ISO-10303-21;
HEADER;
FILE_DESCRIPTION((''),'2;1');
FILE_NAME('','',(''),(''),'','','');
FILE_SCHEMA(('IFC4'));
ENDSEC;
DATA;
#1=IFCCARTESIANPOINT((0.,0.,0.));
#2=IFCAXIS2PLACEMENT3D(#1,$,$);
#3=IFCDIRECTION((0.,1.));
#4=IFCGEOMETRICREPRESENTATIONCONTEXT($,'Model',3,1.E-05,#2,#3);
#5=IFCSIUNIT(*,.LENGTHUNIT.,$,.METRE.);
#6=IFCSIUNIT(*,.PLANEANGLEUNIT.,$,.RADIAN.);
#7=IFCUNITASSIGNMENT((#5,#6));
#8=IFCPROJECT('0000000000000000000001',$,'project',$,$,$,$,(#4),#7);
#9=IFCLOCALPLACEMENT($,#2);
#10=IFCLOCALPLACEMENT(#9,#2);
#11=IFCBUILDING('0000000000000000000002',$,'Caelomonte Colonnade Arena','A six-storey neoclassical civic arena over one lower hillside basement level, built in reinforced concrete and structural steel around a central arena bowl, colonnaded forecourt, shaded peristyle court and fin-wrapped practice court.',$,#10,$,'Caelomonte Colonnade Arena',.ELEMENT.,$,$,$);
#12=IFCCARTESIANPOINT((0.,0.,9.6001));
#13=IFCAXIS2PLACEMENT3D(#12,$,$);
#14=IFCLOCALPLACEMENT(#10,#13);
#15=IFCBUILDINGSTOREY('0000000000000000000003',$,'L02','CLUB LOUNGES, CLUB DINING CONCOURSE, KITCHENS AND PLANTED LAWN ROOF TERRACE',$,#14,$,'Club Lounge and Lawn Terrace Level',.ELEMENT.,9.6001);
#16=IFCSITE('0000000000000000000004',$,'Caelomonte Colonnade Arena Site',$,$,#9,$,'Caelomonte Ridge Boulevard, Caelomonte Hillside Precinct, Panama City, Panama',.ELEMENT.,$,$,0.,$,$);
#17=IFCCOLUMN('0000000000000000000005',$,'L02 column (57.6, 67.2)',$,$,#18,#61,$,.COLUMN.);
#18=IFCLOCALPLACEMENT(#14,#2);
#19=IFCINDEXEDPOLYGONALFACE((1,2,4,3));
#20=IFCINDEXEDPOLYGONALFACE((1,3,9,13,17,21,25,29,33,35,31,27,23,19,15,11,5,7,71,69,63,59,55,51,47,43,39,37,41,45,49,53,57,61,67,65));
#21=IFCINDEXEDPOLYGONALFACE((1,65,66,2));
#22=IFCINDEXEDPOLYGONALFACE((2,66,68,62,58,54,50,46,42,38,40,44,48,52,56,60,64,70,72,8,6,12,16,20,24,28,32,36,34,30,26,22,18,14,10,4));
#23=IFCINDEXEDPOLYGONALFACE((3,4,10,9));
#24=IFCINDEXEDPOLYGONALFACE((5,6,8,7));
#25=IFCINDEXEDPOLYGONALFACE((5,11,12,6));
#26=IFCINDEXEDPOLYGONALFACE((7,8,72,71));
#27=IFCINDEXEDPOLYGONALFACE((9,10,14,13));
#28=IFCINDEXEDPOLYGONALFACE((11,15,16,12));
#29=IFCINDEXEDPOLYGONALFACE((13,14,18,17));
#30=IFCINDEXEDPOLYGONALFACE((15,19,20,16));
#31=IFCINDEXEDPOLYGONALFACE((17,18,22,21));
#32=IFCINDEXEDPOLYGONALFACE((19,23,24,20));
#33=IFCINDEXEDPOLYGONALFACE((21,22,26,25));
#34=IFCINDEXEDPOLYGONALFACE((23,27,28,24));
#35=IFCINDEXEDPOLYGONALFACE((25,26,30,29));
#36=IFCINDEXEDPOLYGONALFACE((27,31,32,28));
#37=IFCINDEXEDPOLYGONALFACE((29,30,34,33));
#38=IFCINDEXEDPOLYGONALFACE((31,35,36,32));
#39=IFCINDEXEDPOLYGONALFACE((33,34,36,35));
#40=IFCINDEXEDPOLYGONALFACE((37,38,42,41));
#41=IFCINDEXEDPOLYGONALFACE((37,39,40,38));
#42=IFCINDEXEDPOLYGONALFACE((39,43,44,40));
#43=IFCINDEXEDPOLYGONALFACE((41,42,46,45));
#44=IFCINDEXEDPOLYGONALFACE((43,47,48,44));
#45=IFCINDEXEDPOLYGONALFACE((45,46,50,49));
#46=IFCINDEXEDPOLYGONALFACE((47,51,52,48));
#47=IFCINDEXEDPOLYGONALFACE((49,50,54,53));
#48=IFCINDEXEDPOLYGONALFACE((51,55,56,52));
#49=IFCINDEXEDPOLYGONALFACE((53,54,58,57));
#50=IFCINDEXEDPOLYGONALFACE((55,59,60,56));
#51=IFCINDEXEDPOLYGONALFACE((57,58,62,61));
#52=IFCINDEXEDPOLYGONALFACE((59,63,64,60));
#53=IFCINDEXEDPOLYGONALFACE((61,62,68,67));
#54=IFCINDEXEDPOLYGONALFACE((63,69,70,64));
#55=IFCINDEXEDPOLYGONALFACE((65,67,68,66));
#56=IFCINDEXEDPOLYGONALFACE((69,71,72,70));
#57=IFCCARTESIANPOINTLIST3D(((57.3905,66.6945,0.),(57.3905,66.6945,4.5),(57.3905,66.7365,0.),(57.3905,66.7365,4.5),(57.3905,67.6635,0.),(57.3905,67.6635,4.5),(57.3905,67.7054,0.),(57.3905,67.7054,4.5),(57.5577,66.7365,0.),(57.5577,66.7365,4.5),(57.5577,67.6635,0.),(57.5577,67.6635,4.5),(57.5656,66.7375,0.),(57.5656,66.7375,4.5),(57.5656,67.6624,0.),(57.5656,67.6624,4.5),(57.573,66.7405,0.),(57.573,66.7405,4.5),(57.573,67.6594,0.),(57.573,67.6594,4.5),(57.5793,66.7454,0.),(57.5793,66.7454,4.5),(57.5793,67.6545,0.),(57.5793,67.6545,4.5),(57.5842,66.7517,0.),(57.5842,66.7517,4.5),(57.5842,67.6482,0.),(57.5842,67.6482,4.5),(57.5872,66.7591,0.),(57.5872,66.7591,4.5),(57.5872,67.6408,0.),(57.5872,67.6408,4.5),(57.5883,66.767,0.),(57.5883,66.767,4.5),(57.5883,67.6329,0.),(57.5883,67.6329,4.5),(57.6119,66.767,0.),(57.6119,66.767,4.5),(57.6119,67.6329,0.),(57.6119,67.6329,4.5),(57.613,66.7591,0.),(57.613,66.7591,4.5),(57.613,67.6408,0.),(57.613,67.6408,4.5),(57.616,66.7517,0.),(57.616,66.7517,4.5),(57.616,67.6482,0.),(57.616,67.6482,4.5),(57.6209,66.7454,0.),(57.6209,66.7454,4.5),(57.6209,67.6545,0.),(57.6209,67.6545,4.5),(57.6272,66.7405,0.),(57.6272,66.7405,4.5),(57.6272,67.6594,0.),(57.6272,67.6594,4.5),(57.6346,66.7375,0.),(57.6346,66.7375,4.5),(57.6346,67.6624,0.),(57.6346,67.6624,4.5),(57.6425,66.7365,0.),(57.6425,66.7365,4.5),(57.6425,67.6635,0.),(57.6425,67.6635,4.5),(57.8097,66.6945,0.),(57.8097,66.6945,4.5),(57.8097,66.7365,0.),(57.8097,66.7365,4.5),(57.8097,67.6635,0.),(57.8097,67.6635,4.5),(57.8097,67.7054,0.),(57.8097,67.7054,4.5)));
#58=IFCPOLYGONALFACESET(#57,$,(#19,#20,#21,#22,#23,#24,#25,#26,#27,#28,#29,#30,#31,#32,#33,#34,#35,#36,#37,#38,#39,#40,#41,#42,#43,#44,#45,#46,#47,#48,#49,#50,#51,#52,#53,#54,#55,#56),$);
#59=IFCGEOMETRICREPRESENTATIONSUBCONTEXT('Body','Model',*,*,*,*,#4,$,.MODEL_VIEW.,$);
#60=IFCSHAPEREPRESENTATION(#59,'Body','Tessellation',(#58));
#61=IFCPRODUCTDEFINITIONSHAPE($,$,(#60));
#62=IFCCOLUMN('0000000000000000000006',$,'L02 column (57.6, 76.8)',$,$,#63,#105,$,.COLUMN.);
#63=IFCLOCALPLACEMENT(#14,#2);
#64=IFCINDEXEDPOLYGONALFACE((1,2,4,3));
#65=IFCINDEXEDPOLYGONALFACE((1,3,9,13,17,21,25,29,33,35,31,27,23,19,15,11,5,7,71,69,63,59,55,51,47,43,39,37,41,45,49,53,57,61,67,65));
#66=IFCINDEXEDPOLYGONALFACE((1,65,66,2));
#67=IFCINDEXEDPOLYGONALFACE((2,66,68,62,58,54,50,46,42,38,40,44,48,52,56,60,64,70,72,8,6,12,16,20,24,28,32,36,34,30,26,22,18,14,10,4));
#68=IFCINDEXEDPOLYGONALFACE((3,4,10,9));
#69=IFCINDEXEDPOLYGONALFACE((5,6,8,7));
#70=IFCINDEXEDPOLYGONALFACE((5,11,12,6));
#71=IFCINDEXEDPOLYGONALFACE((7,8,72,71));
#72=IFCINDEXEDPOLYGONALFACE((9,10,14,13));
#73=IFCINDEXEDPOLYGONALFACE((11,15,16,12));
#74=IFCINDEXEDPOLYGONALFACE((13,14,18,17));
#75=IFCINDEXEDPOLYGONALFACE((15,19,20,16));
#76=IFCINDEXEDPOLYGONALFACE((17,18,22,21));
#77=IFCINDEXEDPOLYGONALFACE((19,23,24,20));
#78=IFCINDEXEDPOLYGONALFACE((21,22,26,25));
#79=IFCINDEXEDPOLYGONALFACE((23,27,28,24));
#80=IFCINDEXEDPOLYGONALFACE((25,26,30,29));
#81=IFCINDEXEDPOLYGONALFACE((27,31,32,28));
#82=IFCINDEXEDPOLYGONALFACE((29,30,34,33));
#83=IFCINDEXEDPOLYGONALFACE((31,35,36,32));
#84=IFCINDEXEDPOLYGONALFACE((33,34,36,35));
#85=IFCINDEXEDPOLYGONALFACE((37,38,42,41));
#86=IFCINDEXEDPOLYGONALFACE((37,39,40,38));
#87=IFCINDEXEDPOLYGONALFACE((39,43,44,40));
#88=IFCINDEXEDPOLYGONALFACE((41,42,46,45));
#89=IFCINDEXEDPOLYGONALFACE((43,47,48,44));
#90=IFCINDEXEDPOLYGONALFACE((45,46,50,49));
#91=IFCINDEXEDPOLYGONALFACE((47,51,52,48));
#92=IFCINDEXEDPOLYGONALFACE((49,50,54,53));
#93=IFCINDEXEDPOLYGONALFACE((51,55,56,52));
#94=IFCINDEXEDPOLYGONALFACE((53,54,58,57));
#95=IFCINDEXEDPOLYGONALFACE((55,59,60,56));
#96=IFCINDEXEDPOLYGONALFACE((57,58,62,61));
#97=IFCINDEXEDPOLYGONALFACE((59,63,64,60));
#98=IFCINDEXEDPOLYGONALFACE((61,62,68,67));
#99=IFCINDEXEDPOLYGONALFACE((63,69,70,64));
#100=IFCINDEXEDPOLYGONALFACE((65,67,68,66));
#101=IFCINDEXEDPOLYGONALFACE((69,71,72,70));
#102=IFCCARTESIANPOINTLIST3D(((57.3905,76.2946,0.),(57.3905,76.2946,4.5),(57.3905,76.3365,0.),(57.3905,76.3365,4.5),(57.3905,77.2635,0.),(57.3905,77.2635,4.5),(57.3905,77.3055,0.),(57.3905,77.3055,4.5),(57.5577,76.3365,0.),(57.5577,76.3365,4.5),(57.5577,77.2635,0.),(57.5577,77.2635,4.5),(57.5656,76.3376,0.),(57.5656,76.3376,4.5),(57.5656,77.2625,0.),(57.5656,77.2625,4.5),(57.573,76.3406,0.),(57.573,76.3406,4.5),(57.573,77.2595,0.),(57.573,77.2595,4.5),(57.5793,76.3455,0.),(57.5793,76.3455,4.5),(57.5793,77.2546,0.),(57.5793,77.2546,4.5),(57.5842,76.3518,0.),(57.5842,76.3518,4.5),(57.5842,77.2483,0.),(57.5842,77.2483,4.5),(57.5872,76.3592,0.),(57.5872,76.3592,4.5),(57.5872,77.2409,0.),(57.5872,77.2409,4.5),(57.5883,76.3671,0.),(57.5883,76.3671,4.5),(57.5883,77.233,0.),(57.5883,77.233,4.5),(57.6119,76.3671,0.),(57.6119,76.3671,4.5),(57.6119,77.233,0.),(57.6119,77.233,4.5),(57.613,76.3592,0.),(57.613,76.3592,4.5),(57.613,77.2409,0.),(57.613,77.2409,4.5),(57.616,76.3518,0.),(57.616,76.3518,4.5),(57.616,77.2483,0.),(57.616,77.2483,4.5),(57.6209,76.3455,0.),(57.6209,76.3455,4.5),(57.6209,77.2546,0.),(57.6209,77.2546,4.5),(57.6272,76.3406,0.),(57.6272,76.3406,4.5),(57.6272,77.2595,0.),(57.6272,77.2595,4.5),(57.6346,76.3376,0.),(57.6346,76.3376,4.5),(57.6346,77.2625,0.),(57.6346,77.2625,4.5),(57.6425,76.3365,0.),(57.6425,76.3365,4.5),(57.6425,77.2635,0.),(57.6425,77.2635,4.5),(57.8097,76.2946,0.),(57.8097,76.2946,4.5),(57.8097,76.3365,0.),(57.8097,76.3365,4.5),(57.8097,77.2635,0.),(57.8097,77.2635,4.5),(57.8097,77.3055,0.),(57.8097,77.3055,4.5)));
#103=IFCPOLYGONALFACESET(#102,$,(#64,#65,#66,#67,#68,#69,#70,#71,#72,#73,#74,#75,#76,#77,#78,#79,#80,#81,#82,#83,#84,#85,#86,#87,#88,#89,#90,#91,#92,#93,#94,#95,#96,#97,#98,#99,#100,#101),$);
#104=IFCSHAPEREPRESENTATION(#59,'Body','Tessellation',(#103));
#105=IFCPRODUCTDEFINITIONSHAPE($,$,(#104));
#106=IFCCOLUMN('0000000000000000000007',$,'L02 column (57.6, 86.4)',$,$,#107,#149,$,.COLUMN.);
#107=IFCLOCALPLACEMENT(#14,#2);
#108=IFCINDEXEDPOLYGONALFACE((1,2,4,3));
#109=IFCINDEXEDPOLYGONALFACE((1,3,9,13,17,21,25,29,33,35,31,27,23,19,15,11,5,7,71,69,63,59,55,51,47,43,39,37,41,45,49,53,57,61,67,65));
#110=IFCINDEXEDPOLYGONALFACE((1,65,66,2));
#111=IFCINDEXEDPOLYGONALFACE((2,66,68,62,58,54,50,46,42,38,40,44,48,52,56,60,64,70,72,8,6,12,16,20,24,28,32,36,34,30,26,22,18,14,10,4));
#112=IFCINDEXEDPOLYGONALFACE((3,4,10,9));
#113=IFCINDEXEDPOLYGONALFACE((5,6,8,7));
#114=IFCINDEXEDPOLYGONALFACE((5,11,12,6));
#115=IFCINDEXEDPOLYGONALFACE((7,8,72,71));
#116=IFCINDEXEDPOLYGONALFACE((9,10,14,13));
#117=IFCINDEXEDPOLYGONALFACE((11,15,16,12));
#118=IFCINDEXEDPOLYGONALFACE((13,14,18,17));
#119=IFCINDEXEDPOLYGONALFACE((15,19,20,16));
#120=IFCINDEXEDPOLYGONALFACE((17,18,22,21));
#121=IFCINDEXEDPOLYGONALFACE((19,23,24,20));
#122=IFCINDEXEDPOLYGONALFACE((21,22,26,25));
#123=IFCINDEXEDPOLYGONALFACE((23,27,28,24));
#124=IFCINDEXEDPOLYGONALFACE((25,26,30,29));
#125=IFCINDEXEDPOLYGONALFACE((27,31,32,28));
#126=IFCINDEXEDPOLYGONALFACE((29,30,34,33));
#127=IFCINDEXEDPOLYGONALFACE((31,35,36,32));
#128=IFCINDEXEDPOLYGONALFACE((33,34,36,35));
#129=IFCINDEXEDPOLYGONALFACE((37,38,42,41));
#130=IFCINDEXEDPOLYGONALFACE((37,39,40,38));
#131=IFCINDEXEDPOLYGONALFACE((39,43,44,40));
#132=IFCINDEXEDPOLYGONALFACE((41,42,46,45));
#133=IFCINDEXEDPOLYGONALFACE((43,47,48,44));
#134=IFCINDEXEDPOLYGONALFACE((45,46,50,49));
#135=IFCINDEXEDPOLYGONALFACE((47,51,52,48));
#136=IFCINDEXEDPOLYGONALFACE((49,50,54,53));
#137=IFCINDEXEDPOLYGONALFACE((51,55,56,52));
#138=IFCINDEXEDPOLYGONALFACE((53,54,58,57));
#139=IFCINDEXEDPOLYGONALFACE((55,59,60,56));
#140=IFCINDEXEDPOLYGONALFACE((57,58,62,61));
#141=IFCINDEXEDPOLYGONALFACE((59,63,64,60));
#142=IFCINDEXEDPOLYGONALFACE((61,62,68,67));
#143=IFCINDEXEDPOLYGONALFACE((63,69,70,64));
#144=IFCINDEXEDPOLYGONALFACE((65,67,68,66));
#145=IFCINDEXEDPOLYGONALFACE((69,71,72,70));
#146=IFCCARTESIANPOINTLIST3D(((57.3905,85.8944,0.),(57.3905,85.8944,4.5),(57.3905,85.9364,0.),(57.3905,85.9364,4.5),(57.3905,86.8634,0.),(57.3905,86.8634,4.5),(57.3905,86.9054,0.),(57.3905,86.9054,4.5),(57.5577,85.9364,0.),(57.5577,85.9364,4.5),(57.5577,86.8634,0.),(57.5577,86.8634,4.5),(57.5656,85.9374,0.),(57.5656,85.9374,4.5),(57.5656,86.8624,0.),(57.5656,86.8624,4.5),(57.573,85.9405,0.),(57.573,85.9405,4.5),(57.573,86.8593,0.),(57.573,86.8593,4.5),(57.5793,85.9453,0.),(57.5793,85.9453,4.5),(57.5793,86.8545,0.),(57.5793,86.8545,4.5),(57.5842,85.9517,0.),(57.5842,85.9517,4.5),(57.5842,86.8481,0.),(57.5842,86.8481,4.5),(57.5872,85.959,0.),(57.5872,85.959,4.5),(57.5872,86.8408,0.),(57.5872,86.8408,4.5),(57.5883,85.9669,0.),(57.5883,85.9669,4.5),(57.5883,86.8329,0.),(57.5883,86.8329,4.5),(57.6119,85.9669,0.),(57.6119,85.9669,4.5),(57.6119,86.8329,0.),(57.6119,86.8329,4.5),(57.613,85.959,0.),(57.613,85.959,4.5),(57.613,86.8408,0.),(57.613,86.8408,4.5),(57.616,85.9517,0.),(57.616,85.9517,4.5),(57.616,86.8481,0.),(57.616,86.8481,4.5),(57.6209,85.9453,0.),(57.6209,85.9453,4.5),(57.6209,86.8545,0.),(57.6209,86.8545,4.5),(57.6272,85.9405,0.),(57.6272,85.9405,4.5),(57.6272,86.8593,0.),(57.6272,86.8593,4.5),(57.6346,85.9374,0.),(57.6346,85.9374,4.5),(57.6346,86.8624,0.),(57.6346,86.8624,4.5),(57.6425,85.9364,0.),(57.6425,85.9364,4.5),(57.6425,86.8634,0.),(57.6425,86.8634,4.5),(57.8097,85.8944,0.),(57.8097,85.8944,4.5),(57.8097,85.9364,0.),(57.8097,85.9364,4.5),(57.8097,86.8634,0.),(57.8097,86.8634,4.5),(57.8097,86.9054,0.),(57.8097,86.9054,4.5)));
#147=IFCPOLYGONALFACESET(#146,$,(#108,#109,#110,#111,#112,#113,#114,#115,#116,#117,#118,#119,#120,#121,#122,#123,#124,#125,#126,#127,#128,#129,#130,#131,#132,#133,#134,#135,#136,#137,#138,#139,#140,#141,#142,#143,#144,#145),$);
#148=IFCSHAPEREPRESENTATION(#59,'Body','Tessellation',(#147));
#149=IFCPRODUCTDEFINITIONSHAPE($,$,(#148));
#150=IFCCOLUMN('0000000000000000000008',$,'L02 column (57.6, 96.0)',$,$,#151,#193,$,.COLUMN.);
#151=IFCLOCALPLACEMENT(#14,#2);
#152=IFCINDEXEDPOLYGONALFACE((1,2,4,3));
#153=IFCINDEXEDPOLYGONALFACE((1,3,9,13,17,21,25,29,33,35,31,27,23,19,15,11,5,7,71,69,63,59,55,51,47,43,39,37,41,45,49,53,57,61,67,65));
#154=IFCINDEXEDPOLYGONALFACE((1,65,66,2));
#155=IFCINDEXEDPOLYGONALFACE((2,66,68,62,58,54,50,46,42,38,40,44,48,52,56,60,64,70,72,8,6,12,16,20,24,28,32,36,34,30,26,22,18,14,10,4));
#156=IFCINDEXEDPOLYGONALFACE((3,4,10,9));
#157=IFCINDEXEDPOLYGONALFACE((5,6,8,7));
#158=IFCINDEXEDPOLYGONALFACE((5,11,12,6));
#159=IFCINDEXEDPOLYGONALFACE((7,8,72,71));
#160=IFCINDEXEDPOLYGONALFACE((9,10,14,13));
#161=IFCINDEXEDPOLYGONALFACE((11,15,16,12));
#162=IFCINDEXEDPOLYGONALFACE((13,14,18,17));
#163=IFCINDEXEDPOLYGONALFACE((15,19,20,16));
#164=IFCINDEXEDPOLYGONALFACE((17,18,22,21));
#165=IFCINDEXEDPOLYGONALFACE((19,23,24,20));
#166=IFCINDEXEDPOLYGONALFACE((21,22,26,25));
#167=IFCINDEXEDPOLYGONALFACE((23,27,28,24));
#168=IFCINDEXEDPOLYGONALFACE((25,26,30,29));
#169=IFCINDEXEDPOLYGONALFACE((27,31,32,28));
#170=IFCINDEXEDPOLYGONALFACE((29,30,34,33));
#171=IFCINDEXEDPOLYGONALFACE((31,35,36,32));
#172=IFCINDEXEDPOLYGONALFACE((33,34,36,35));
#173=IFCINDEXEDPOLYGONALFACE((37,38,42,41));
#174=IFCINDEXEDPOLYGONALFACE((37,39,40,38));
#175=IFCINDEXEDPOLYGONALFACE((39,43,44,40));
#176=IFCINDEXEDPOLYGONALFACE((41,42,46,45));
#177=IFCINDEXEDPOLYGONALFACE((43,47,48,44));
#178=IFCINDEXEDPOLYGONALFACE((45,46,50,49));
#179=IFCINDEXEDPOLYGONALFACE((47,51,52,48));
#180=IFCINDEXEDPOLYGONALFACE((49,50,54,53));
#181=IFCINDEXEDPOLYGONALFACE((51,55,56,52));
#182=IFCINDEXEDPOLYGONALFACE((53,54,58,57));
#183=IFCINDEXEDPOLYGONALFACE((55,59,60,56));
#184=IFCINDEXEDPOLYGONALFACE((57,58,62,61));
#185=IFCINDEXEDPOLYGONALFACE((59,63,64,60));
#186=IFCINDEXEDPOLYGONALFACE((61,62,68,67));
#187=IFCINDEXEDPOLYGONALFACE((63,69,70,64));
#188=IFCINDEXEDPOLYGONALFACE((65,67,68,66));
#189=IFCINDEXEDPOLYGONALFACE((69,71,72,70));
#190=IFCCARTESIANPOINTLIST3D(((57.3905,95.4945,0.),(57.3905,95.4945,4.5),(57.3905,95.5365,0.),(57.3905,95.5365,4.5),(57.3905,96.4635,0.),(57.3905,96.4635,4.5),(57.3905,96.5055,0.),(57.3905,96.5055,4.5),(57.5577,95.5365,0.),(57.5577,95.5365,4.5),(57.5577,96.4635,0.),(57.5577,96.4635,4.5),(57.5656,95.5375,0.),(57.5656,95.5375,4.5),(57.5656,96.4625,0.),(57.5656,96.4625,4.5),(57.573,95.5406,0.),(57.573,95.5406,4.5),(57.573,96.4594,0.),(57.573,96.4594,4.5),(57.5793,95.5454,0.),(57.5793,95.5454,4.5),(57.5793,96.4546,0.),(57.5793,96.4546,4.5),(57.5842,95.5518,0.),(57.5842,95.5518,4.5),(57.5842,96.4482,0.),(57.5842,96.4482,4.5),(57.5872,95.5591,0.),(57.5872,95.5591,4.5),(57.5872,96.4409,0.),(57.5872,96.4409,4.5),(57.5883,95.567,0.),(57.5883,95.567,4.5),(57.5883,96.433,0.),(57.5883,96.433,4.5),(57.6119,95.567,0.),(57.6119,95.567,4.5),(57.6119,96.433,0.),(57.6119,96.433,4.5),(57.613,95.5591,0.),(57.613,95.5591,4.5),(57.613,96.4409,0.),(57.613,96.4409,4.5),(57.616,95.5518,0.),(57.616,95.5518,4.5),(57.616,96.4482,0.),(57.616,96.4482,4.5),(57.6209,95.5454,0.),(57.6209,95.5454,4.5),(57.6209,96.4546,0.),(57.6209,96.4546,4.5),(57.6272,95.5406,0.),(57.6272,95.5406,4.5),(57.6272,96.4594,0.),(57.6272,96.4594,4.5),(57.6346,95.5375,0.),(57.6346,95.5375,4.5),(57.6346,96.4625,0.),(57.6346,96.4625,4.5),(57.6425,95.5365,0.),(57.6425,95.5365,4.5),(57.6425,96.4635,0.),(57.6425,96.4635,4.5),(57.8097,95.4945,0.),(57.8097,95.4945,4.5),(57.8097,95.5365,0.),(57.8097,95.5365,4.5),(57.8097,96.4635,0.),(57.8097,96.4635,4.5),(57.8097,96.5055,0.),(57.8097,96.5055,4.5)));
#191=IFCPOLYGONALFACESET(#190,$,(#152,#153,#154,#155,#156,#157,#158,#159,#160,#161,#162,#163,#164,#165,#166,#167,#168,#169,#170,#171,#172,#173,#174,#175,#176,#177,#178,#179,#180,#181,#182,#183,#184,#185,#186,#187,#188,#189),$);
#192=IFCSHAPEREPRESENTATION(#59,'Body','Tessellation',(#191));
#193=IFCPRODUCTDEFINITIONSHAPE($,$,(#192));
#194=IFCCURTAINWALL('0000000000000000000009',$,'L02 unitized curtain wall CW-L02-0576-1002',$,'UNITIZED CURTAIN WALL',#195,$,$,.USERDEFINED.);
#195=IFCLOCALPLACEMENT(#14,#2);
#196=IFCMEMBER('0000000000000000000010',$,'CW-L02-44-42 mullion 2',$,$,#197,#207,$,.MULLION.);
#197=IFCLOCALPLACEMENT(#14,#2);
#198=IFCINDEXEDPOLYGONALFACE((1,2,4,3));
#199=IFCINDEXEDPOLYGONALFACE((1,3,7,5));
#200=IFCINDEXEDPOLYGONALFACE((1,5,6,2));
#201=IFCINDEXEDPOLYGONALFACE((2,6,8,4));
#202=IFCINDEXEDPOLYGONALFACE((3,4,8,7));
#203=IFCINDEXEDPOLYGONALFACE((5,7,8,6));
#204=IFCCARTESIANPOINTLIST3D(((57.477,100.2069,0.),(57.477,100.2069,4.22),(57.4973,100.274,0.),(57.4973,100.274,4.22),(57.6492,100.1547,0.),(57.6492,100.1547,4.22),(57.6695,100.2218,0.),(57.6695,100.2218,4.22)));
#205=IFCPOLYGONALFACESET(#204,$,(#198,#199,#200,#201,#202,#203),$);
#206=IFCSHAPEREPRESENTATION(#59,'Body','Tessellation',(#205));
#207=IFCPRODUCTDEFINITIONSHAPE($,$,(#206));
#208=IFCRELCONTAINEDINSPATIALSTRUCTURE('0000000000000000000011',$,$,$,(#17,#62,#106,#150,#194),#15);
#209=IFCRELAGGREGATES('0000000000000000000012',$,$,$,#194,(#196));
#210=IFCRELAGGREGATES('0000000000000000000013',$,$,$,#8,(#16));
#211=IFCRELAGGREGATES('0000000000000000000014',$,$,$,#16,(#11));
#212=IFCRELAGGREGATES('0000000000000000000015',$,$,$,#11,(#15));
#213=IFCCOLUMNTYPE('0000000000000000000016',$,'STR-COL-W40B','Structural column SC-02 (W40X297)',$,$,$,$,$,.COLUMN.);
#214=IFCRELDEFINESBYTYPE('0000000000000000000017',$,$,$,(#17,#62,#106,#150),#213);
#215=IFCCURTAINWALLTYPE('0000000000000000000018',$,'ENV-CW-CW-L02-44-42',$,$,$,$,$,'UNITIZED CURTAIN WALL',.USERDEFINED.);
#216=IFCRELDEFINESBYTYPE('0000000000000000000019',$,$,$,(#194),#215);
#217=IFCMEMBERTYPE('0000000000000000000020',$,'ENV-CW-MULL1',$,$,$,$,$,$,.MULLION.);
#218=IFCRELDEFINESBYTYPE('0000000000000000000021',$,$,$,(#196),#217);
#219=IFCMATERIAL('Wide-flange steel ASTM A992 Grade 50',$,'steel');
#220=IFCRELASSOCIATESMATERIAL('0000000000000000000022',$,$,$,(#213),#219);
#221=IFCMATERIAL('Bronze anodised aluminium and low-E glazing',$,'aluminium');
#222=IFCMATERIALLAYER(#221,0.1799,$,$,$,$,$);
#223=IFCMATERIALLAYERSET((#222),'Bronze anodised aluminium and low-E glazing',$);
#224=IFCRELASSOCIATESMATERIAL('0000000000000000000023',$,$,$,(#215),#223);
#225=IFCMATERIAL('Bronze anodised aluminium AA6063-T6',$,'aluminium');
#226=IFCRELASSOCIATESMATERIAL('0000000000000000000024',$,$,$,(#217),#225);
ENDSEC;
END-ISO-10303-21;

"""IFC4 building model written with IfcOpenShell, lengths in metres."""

from ifc_helpers import new_model, si_unit, direction, frame, origin, origin_2d, place, context, subcontext, project, spatial, rectangle, i_section, extrude, material, layer, layer_set, material_profile, profile_set, type_object, element, aggregate, save


model = new_model("IFC4")

# Units and contexts
model_context = context("Model", 3, precision=1e-05, world=origin(), true_north=direction((0.0, 1.0)))
body_context = subcontext(model_context, "Body", "Model", "MODEL_VIEW")
ifc_project = project(units=[si_unit("LENGTHUNIT", "METRE"), si_unit("PLANEANGLEUNIT", "RADIAN")], contexts=[model_context])

# Site, building, storey
site_placement = place(None, origin())
site = spatial("IfcSite", under=ifc_project, at=site_placement, Name="Caelomonte Colonnade Arena Site", LongName="Caelomonte Ridge Boulevard, Caelomonte Hillside Precinct, Panama City, Panama", CompositionType="ELEMENT", RefElevation=0.0)
building_placement = place(site_placement, origin())
building = spatial("IfcBuilding", under=site, at=building_placement, Name="Caelomonte Colonnade Arena", Description="A six-storey neoclassical civic arena over one lower hillside basement level, built in reinforced concrete and structural steel around a central arena bowl, colonnaded forecourt, shaded peristyle court and fin-wrapped practice court.", LongName="Caelomonte Colonnade Arena", CompositionType="ELEMENT")
storey_placement = place(building_placement, frame((0.0, 0.0, 9.6001)))
storey = spatial("IfcBuildingStorey", under=building, at=storey_placement, Name="L02", Description="CLUB LOUNGES, CLUB DINING CONCOURSE, KITCHENS AND PLANTED LAWN ROOF TERRACE", LongName="Club Lounge and Lawn Terrace Level", CompositionType="ELEMENT", Elevation=9.6001)

# Columns
ifc_material_1 = material(Name="Wide-flange steel ASTM A992 Grade 50", Category="steel")
ifc_material_profile_1 = material_profile(ifc_material_1, i_section(OverallWidth=0.4192, OverallDepth=1.011, WebThickness=0.0237, FlangeThickness=0.042, FilletRadius=0.0305, at=origin_2d()), Name="W40X297")
ifc_profile_set_1 = profile_set([ifc_material_profile_1], Name="Wide-flange steel ASTM A992 Grade 50")
column_type = type_object("IfcColumnType", Name="STR-COL-W40B", Description="Structural column SC-02 (W40X297)", PredefinedType="COLUMN", material=ifc_profile_set_1)
for number, where, z_axis, x_axis, name in (
    (1, (57.6001, 67.2, 0.0), (0.0, 0.0, 1.0), (1.0, 0.0, 0.0), "L02 column (57.6, 67.2)"),
    (2, (57.6001, 76.8, 0.0), (0.0, 0.0, 1.0), (1.0, 0.0, 0.0), "L02 column (57.6, 76.8)"),
    (3, (57.6001, 86.3999, 0.0), (0.0, 0.0, 1.0), (1.0, 0.0, 0.0), "L02 column (57.6, 86.4)"),
    (4, (57.6001, 96.0, 0.0), (0.0, 0.0, 1.0), (1.0, 0.0, 0.0), "L02 column (57.6, 96.0)"),
):
    element("IfcColumn", number, at=place(storey_placement, frame(where, z_axis=z_axis, x_axis=x_axis)), inside=storey, type_object=column_type, Name=name, PredefinedType="COLUMN", context=body_context, shape_type="SweptSolid", body=[
        extrude(i_section(OverallWidth=0.4192, OverallDepth=1.011, WebThickness=0.0237, FlangeThickness=0.042, FilletRadius=0.0305, at=origin_2d()), origin(), (0.0, 0.0, 1.0), 4.5),
    ])

# Curtain wall, member
ifc_material_2 = material(Name="Bronze anodised aluminium and low-E glazing", Category="aluminium")
ifc_layer_1 = layer(ifc_material_2, 0.1799)
ifc_layer_set_1 = layer_set([ifc_layer_1], Name="Bronze anodised aluminium and low-E glazing")
curtain_wall_type = type_object("IfcCurtainWallType", Name="ENV-CW-CW-L02-44-42", ElementType="UNITIZED CURTAIN WALL", PredefinedType="USERDEFINED", material=ifc_layer_set_1)
curtain_wall_placement = place(storey_placement, origin())
curtain_wall = element("IfcCurtainWall", 5, at=curtain_wall_placement, inside=storey, type_object=curtain_wall_type, Name="L02 unitized curtain wall CW-L02-0576-1002", ObjectType="UNITIZED CURTAIN WALL", PredefinedType="USERDEFINED")
ifc_material_3 = material(Name="Bronze anodised aluminium AA6063-T6", Category="aluminium")
ifc_material_profile_2 = material_profile(ifc_material_3, rectangle(XDim=0.0701, YDim=0.1799, at=origin_2d()), Name="CWM-70X180")
ifc_profile_set_2 = profile_set([ifc_material_profile_2], Name="Bronze anodised aluminium AA6063-T6")
member_type_1 = type_object("IfcMemberType", Name="ENV-CW-MULL1", PredefinedType="MULLION", material=ifc_profile_set_2)
member_1_placement = place(storey_placement, frame((57.5732, 100.2144, 0.0), z_axis=(0.0, 0.0, 1.0), x_axis=(-0.290256, -0.956949, 0.0)))
member_1 = element("IfcMember", 6, at=member_1_placement, type_object=member_type_1, Name="CW-L02-44-42 mullion 2", PredefinedType="MULLION", context=body_context, shape_type="SweptSolid", body=[
    extrude(rectangle(XDim=0.0701, YDim=0.1799, at=origin_2d()), origin(), (0.0, 0.0, 1.0), 4.22),
])

aggregate(curtain_wall, [member_1])

save(model, "model.ifc")
